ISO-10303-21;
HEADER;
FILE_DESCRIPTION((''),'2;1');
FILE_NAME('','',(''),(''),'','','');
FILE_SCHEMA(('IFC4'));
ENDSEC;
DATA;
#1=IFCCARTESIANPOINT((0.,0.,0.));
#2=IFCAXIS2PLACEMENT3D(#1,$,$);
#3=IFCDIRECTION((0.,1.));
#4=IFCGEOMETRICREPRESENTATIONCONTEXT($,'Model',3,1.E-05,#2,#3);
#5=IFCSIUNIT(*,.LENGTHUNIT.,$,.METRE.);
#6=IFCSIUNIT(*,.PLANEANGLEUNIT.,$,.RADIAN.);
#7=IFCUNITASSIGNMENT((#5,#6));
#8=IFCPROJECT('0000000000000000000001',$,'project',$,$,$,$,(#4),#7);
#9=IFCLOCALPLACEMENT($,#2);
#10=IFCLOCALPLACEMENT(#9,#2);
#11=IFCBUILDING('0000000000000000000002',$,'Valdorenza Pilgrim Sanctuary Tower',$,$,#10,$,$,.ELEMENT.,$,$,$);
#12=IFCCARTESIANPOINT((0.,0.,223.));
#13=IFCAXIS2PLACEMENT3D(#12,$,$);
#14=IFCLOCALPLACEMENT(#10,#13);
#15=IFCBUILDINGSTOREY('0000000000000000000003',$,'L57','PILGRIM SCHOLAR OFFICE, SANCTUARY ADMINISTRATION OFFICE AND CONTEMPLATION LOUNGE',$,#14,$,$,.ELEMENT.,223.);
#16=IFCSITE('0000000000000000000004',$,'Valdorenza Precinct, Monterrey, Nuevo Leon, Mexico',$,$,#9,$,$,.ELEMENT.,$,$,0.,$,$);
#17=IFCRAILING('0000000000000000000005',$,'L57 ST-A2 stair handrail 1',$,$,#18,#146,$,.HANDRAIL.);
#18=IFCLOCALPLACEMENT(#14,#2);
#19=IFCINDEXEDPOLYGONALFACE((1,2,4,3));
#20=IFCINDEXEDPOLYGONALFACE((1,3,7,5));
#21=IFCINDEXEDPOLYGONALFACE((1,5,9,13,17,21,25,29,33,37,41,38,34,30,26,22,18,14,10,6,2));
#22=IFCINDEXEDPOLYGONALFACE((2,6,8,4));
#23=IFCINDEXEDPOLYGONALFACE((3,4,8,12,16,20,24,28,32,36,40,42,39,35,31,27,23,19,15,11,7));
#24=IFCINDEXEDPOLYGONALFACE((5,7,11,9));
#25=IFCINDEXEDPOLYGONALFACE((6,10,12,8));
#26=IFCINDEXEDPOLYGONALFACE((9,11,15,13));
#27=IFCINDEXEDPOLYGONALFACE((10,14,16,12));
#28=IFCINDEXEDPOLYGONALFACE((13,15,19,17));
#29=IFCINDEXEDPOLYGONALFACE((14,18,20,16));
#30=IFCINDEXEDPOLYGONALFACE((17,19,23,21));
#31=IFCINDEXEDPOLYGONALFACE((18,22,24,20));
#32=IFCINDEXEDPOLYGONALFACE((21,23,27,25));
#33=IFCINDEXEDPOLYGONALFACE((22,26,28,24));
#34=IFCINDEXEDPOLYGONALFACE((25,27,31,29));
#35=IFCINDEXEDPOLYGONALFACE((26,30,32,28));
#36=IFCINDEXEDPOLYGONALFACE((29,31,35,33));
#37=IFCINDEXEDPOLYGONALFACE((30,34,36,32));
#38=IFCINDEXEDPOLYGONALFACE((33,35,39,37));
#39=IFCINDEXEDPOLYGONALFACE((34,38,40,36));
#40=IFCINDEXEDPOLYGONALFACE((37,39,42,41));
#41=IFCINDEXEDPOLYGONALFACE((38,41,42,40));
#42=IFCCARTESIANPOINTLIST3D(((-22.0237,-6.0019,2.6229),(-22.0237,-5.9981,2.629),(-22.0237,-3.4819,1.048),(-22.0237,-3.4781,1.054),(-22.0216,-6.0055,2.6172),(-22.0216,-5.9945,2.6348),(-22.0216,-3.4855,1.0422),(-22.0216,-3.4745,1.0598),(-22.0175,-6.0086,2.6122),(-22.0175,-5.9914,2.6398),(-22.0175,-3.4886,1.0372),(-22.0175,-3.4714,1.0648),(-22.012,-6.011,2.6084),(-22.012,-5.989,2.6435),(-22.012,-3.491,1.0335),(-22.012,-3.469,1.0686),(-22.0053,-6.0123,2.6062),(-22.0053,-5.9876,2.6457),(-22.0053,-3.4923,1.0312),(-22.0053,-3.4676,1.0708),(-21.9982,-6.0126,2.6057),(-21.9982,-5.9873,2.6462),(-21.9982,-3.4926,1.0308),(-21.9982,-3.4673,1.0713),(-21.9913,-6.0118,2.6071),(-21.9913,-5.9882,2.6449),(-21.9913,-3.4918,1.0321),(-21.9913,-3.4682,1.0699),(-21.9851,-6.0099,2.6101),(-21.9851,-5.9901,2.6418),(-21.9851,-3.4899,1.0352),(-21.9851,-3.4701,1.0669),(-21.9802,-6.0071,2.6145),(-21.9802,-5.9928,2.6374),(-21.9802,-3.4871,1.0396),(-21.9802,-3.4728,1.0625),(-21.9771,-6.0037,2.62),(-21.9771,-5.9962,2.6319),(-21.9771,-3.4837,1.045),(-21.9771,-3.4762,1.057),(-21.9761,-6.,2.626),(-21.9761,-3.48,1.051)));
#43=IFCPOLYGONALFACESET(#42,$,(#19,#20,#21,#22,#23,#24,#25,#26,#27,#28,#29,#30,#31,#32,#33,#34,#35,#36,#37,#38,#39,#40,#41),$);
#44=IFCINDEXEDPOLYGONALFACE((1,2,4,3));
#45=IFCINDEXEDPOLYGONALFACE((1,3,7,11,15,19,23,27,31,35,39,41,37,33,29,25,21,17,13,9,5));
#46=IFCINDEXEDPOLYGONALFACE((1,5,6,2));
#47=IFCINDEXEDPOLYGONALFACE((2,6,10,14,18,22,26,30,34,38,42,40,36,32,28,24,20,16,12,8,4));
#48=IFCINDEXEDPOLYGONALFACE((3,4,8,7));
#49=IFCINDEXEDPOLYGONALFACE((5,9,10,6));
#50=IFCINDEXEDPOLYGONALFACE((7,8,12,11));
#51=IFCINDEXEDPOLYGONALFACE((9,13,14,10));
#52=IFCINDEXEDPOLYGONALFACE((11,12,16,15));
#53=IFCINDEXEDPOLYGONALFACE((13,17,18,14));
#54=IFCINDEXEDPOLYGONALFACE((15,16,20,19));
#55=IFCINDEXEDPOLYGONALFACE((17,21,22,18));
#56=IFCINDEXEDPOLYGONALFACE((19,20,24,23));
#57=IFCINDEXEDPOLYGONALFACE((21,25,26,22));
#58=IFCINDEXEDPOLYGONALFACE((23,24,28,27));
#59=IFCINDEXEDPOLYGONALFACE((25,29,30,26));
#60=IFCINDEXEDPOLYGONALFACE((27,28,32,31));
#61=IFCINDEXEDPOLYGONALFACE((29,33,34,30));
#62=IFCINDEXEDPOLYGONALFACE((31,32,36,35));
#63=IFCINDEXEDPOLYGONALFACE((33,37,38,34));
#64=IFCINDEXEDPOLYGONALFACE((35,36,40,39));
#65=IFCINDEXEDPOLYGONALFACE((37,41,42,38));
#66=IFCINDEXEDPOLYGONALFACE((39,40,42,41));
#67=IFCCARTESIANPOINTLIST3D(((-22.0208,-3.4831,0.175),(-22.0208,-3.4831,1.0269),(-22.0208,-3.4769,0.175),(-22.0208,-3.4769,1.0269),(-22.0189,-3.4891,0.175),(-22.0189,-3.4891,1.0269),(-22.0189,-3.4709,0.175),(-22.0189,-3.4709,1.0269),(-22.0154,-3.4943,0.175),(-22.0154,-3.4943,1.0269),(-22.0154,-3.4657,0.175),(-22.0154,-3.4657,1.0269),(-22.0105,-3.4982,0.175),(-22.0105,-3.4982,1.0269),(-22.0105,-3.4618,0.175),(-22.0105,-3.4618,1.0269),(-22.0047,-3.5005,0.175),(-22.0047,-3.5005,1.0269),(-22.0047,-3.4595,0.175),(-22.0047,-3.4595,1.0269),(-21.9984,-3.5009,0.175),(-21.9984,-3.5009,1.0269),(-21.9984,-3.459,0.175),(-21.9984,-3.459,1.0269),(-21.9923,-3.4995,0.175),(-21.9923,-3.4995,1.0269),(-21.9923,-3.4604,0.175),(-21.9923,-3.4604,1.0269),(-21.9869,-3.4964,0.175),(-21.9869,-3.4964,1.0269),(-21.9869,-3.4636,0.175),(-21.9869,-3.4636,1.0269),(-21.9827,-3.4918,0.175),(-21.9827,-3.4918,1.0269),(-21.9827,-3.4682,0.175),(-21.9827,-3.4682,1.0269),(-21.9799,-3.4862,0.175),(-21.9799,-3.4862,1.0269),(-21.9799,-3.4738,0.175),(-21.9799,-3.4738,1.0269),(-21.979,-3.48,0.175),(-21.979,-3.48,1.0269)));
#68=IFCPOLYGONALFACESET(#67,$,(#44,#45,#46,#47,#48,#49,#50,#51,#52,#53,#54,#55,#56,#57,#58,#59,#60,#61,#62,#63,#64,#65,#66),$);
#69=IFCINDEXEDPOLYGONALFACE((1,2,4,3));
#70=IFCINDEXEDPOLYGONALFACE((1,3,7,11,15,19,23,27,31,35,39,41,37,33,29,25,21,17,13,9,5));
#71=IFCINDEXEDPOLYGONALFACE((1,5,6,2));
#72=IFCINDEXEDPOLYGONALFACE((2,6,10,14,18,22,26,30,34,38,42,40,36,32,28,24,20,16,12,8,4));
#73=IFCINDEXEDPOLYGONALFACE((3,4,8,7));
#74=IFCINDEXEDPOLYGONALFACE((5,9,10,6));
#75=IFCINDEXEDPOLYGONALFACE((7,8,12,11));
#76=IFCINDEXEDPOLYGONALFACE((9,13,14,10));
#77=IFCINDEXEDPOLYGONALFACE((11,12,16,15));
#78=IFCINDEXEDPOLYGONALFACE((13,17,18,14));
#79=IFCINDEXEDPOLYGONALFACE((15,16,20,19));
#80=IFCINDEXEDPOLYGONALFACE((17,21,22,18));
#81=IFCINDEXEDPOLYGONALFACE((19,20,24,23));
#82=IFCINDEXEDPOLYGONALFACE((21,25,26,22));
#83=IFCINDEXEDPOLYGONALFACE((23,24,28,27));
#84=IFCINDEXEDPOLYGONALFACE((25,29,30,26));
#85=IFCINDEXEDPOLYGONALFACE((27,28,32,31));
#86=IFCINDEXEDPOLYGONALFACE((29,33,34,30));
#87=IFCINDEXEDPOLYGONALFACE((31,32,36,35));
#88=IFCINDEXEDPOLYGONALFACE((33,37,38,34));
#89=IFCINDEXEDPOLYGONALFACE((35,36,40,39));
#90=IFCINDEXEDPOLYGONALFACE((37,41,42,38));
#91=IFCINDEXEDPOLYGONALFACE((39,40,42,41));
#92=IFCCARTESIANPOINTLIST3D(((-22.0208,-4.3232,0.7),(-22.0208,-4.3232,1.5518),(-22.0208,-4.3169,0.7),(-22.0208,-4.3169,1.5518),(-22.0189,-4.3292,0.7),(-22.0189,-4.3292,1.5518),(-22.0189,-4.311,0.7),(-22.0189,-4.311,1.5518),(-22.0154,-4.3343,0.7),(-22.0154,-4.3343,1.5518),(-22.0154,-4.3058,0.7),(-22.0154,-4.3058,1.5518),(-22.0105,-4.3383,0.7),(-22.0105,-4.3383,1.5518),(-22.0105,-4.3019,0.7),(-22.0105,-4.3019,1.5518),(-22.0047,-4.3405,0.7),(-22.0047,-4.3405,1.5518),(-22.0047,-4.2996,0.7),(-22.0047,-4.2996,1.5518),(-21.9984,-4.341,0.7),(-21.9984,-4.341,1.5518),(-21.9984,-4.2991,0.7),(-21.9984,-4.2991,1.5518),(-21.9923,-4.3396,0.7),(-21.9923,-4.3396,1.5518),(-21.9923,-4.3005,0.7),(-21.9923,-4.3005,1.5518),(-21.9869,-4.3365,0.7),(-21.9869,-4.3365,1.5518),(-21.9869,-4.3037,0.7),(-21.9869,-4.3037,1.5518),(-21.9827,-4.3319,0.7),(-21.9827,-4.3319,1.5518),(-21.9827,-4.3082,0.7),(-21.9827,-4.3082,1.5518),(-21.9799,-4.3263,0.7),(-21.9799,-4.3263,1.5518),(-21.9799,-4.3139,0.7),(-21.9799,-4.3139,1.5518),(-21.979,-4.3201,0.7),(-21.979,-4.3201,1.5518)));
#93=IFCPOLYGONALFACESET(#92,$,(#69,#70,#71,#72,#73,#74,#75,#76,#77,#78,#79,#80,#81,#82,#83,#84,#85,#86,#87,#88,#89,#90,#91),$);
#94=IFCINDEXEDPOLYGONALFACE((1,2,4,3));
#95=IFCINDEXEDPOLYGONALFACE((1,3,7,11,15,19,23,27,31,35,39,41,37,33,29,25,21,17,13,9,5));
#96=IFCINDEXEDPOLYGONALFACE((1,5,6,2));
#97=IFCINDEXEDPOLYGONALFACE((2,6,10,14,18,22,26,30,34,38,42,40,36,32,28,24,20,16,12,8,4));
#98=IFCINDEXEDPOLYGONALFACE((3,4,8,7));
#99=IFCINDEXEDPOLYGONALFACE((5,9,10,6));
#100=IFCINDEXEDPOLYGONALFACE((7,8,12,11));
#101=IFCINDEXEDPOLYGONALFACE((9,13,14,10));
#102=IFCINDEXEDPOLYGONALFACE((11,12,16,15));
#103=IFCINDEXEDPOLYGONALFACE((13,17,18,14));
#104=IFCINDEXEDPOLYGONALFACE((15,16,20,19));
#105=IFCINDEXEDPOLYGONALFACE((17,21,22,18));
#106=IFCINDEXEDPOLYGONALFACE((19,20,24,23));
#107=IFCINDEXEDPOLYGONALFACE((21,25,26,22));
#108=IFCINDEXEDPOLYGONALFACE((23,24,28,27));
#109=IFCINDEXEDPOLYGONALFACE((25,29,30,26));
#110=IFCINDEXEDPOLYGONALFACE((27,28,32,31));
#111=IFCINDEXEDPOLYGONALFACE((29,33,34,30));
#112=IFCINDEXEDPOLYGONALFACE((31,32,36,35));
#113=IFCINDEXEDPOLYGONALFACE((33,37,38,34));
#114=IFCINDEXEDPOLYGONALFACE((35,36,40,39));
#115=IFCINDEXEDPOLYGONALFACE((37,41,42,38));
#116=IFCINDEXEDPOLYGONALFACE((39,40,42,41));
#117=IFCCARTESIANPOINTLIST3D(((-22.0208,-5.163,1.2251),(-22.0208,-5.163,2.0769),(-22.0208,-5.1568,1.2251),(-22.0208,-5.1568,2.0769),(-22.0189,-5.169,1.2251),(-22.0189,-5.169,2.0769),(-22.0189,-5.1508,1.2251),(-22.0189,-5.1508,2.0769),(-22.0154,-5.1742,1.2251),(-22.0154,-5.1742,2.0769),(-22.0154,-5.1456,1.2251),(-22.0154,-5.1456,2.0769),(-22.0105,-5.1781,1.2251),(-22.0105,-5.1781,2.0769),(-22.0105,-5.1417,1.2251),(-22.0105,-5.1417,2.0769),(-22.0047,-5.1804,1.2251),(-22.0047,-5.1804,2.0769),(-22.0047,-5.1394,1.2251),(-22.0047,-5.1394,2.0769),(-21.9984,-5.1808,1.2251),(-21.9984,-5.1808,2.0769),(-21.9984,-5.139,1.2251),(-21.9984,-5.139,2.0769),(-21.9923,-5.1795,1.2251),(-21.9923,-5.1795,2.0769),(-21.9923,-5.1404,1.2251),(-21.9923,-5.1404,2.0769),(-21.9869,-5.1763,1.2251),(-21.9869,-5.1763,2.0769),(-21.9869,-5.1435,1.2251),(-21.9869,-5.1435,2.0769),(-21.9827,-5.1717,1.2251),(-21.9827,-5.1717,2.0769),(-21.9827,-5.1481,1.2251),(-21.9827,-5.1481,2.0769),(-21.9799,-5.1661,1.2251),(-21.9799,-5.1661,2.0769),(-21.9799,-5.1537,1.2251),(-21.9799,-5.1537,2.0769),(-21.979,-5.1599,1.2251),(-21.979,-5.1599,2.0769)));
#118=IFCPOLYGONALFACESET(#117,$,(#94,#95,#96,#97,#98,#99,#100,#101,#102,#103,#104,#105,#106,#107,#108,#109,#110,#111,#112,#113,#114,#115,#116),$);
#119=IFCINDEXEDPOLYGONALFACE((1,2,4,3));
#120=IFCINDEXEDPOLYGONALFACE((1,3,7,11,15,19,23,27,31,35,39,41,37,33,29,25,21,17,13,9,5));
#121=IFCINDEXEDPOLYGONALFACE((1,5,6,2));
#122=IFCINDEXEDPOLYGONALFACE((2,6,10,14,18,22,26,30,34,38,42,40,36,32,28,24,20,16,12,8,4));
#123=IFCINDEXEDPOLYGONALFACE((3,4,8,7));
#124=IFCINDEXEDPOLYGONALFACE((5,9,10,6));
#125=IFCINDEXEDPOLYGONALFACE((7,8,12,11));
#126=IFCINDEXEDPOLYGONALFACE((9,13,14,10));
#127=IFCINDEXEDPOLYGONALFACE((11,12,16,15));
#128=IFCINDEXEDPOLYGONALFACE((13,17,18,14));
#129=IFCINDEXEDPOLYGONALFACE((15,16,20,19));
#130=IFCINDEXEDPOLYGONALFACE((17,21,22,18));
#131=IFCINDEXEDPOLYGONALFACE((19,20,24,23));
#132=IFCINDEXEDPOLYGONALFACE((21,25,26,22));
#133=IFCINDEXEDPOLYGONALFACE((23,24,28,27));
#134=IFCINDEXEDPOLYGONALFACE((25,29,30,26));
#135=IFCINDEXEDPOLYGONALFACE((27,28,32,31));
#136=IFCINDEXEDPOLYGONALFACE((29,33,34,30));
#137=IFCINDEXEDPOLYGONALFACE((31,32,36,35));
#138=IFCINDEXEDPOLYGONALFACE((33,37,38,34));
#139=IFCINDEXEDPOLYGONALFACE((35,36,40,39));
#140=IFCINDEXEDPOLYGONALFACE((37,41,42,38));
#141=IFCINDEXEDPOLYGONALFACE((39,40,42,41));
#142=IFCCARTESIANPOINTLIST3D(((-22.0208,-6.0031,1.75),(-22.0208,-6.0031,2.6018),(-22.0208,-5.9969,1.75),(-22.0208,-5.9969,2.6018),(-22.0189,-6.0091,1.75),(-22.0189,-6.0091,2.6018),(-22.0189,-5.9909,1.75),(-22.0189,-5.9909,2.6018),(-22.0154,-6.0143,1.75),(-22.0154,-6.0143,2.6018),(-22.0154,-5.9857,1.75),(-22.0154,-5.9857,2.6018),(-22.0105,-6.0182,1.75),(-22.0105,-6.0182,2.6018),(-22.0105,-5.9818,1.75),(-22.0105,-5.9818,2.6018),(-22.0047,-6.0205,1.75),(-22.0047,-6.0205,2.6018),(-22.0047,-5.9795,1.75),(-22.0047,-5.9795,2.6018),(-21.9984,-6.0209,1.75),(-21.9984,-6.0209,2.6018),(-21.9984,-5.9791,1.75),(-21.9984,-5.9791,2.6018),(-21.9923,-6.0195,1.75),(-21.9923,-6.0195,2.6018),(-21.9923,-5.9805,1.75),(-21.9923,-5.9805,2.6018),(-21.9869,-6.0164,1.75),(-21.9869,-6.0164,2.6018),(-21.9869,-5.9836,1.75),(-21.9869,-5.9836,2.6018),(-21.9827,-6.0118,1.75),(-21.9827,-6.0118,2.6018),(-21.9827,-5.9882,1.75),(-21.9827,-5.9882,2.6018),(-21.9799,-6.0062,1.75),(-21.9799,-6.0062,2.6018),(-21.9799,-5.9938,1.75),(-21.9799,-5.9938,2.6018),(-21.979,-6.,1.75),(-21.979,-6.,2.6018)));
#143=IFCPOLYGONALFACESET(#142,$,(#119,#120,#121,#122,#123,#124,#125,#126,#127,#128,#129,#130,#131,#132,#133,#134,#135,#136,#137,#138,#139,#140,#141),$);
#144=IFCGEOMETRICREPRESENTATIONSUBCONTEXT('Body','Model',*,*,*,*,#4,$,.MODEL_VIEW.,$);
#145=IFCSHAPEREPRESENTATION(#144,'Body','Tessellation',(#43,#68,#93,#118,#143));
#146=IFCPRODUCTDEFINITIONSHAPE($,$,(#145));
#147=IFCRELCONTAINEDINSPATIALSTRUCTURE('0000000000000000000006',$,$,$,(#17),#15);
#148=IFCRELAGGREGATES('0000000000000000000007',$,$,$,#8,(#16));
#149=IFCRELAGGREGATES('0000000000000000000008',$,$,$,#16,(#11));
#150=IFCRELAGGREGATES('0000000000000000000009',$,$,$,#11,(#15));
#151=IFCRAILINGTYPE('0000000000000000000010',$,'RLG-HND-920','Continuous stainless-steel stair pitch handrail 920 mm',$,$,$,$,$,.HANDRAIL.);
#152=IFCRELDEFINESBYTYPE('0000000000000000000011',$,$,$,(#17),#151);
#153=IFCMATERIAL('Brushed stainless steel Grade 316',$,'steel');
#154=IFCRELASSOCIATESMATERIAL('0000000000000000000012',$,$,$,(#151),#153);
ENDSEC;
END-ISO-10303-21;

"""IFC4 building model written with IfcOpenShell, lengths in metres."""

from ifc_helpers import new_model, si_unit, direction, frame, origin, origin_2d, place, context, subcontext, project, spatial, circle, extrude, material, type_object, element, save


model = new_model("IFC4")

# Units and contexts
model_context = context("Model", 3, precision=1e-05, world=origin(), true_north=direction((0.0, 1.0)))
body_context = subcontext(model_context, "Body", "Model", "MODEL_VIEW")
ifc_project = project(units=[si_unit("LENGTHUNIT", "METRE"), si_unit("PLANEANGLEUNIT", "RADIAN")], contexts=[model_context])

# Site, building, storey
site_placement = place(None, origin())
site = spatial("IfcSite", under=ifc_project, at=site_placement, Name="Valdorenza Precinct, Monterrey, Nuevo Leon, Mexico", CompositionType="ELEMENT", RefElevation=0.0)
building_placement = place(site_placement, origin())
building = spatial("IfcBuilding", under=site, at=building_placement, Name="Valdorenza Pilgrim Sanctuary Tower", CompositionType="ELEMENT")
storey_placement = place(building_placement, frame((0.0, 0.0, 223.0)))
storey = spatial("IfcBuildingStorey", under=building, at=storey_placement, Name="L57", Description="PILGRIM SCHOLAR OFFICE, SANCTUARY ADMINISTRATION OFFICE AND CONTEMPLATION LOUNGE", CompositionType="ELEMENT", Elevation=223.0)

# Shared definitions
ifc_material_1 = material(Name="Brushed stainless steel Grade 316", Category="steel")

# Railing
railing_type_1 = type_object("IfcRailingType", Name="RLG-HND-920", Description="Continuous stainless-steel stair pitch handrail 920 mm", PredefinedType="HANDRAIL", material=ifc_material_1)
railing_1_placement = place(storey_placement, frame((-22.0, -3.48, 0.175)))
element("IfcRailing", 1, at=railing_1_placement, inside=storey, type_object=railing_type_1, Name="L57 ST-A2 stair handrail 1", PredefinedType="HANDRAIL", context=body_context, shape_type="SweptSolid", body=[
    extrude(circle(Radius=0.0239, at=origin_2d()), frame((0.0, 0.0, 0.876), z_axis=(0.0, -0.848008, 0.529984), x_axis=(1.0, 0.0, 0.0)), (0.0, 0.0, 1.0), 2.9717),
    extrude(circle(Radius=0.021, at=origin_2d()), origin(), (0.0, 0.0, 1.0), 0.8518),
    extrude(circle(Radius=0.021, at=origin_2d()), frame((0.0, -0.8401, 0.5249)), (0.0, 0.0, 1.0), 0.8518),
    extrude(circle(Radius=0.021, at=origin_2d()), frame((0.0, -1.6799, 1.05)), (0.0, 0.0, 1.0), 0.8518),
    extrude(circle(Radius=0.021, at=origin_2d()), frame((0.0, -2.52, 1.575)), (0.0, 0.0, 1.0), 0.8518),
])

save(model, "model.ifc")
